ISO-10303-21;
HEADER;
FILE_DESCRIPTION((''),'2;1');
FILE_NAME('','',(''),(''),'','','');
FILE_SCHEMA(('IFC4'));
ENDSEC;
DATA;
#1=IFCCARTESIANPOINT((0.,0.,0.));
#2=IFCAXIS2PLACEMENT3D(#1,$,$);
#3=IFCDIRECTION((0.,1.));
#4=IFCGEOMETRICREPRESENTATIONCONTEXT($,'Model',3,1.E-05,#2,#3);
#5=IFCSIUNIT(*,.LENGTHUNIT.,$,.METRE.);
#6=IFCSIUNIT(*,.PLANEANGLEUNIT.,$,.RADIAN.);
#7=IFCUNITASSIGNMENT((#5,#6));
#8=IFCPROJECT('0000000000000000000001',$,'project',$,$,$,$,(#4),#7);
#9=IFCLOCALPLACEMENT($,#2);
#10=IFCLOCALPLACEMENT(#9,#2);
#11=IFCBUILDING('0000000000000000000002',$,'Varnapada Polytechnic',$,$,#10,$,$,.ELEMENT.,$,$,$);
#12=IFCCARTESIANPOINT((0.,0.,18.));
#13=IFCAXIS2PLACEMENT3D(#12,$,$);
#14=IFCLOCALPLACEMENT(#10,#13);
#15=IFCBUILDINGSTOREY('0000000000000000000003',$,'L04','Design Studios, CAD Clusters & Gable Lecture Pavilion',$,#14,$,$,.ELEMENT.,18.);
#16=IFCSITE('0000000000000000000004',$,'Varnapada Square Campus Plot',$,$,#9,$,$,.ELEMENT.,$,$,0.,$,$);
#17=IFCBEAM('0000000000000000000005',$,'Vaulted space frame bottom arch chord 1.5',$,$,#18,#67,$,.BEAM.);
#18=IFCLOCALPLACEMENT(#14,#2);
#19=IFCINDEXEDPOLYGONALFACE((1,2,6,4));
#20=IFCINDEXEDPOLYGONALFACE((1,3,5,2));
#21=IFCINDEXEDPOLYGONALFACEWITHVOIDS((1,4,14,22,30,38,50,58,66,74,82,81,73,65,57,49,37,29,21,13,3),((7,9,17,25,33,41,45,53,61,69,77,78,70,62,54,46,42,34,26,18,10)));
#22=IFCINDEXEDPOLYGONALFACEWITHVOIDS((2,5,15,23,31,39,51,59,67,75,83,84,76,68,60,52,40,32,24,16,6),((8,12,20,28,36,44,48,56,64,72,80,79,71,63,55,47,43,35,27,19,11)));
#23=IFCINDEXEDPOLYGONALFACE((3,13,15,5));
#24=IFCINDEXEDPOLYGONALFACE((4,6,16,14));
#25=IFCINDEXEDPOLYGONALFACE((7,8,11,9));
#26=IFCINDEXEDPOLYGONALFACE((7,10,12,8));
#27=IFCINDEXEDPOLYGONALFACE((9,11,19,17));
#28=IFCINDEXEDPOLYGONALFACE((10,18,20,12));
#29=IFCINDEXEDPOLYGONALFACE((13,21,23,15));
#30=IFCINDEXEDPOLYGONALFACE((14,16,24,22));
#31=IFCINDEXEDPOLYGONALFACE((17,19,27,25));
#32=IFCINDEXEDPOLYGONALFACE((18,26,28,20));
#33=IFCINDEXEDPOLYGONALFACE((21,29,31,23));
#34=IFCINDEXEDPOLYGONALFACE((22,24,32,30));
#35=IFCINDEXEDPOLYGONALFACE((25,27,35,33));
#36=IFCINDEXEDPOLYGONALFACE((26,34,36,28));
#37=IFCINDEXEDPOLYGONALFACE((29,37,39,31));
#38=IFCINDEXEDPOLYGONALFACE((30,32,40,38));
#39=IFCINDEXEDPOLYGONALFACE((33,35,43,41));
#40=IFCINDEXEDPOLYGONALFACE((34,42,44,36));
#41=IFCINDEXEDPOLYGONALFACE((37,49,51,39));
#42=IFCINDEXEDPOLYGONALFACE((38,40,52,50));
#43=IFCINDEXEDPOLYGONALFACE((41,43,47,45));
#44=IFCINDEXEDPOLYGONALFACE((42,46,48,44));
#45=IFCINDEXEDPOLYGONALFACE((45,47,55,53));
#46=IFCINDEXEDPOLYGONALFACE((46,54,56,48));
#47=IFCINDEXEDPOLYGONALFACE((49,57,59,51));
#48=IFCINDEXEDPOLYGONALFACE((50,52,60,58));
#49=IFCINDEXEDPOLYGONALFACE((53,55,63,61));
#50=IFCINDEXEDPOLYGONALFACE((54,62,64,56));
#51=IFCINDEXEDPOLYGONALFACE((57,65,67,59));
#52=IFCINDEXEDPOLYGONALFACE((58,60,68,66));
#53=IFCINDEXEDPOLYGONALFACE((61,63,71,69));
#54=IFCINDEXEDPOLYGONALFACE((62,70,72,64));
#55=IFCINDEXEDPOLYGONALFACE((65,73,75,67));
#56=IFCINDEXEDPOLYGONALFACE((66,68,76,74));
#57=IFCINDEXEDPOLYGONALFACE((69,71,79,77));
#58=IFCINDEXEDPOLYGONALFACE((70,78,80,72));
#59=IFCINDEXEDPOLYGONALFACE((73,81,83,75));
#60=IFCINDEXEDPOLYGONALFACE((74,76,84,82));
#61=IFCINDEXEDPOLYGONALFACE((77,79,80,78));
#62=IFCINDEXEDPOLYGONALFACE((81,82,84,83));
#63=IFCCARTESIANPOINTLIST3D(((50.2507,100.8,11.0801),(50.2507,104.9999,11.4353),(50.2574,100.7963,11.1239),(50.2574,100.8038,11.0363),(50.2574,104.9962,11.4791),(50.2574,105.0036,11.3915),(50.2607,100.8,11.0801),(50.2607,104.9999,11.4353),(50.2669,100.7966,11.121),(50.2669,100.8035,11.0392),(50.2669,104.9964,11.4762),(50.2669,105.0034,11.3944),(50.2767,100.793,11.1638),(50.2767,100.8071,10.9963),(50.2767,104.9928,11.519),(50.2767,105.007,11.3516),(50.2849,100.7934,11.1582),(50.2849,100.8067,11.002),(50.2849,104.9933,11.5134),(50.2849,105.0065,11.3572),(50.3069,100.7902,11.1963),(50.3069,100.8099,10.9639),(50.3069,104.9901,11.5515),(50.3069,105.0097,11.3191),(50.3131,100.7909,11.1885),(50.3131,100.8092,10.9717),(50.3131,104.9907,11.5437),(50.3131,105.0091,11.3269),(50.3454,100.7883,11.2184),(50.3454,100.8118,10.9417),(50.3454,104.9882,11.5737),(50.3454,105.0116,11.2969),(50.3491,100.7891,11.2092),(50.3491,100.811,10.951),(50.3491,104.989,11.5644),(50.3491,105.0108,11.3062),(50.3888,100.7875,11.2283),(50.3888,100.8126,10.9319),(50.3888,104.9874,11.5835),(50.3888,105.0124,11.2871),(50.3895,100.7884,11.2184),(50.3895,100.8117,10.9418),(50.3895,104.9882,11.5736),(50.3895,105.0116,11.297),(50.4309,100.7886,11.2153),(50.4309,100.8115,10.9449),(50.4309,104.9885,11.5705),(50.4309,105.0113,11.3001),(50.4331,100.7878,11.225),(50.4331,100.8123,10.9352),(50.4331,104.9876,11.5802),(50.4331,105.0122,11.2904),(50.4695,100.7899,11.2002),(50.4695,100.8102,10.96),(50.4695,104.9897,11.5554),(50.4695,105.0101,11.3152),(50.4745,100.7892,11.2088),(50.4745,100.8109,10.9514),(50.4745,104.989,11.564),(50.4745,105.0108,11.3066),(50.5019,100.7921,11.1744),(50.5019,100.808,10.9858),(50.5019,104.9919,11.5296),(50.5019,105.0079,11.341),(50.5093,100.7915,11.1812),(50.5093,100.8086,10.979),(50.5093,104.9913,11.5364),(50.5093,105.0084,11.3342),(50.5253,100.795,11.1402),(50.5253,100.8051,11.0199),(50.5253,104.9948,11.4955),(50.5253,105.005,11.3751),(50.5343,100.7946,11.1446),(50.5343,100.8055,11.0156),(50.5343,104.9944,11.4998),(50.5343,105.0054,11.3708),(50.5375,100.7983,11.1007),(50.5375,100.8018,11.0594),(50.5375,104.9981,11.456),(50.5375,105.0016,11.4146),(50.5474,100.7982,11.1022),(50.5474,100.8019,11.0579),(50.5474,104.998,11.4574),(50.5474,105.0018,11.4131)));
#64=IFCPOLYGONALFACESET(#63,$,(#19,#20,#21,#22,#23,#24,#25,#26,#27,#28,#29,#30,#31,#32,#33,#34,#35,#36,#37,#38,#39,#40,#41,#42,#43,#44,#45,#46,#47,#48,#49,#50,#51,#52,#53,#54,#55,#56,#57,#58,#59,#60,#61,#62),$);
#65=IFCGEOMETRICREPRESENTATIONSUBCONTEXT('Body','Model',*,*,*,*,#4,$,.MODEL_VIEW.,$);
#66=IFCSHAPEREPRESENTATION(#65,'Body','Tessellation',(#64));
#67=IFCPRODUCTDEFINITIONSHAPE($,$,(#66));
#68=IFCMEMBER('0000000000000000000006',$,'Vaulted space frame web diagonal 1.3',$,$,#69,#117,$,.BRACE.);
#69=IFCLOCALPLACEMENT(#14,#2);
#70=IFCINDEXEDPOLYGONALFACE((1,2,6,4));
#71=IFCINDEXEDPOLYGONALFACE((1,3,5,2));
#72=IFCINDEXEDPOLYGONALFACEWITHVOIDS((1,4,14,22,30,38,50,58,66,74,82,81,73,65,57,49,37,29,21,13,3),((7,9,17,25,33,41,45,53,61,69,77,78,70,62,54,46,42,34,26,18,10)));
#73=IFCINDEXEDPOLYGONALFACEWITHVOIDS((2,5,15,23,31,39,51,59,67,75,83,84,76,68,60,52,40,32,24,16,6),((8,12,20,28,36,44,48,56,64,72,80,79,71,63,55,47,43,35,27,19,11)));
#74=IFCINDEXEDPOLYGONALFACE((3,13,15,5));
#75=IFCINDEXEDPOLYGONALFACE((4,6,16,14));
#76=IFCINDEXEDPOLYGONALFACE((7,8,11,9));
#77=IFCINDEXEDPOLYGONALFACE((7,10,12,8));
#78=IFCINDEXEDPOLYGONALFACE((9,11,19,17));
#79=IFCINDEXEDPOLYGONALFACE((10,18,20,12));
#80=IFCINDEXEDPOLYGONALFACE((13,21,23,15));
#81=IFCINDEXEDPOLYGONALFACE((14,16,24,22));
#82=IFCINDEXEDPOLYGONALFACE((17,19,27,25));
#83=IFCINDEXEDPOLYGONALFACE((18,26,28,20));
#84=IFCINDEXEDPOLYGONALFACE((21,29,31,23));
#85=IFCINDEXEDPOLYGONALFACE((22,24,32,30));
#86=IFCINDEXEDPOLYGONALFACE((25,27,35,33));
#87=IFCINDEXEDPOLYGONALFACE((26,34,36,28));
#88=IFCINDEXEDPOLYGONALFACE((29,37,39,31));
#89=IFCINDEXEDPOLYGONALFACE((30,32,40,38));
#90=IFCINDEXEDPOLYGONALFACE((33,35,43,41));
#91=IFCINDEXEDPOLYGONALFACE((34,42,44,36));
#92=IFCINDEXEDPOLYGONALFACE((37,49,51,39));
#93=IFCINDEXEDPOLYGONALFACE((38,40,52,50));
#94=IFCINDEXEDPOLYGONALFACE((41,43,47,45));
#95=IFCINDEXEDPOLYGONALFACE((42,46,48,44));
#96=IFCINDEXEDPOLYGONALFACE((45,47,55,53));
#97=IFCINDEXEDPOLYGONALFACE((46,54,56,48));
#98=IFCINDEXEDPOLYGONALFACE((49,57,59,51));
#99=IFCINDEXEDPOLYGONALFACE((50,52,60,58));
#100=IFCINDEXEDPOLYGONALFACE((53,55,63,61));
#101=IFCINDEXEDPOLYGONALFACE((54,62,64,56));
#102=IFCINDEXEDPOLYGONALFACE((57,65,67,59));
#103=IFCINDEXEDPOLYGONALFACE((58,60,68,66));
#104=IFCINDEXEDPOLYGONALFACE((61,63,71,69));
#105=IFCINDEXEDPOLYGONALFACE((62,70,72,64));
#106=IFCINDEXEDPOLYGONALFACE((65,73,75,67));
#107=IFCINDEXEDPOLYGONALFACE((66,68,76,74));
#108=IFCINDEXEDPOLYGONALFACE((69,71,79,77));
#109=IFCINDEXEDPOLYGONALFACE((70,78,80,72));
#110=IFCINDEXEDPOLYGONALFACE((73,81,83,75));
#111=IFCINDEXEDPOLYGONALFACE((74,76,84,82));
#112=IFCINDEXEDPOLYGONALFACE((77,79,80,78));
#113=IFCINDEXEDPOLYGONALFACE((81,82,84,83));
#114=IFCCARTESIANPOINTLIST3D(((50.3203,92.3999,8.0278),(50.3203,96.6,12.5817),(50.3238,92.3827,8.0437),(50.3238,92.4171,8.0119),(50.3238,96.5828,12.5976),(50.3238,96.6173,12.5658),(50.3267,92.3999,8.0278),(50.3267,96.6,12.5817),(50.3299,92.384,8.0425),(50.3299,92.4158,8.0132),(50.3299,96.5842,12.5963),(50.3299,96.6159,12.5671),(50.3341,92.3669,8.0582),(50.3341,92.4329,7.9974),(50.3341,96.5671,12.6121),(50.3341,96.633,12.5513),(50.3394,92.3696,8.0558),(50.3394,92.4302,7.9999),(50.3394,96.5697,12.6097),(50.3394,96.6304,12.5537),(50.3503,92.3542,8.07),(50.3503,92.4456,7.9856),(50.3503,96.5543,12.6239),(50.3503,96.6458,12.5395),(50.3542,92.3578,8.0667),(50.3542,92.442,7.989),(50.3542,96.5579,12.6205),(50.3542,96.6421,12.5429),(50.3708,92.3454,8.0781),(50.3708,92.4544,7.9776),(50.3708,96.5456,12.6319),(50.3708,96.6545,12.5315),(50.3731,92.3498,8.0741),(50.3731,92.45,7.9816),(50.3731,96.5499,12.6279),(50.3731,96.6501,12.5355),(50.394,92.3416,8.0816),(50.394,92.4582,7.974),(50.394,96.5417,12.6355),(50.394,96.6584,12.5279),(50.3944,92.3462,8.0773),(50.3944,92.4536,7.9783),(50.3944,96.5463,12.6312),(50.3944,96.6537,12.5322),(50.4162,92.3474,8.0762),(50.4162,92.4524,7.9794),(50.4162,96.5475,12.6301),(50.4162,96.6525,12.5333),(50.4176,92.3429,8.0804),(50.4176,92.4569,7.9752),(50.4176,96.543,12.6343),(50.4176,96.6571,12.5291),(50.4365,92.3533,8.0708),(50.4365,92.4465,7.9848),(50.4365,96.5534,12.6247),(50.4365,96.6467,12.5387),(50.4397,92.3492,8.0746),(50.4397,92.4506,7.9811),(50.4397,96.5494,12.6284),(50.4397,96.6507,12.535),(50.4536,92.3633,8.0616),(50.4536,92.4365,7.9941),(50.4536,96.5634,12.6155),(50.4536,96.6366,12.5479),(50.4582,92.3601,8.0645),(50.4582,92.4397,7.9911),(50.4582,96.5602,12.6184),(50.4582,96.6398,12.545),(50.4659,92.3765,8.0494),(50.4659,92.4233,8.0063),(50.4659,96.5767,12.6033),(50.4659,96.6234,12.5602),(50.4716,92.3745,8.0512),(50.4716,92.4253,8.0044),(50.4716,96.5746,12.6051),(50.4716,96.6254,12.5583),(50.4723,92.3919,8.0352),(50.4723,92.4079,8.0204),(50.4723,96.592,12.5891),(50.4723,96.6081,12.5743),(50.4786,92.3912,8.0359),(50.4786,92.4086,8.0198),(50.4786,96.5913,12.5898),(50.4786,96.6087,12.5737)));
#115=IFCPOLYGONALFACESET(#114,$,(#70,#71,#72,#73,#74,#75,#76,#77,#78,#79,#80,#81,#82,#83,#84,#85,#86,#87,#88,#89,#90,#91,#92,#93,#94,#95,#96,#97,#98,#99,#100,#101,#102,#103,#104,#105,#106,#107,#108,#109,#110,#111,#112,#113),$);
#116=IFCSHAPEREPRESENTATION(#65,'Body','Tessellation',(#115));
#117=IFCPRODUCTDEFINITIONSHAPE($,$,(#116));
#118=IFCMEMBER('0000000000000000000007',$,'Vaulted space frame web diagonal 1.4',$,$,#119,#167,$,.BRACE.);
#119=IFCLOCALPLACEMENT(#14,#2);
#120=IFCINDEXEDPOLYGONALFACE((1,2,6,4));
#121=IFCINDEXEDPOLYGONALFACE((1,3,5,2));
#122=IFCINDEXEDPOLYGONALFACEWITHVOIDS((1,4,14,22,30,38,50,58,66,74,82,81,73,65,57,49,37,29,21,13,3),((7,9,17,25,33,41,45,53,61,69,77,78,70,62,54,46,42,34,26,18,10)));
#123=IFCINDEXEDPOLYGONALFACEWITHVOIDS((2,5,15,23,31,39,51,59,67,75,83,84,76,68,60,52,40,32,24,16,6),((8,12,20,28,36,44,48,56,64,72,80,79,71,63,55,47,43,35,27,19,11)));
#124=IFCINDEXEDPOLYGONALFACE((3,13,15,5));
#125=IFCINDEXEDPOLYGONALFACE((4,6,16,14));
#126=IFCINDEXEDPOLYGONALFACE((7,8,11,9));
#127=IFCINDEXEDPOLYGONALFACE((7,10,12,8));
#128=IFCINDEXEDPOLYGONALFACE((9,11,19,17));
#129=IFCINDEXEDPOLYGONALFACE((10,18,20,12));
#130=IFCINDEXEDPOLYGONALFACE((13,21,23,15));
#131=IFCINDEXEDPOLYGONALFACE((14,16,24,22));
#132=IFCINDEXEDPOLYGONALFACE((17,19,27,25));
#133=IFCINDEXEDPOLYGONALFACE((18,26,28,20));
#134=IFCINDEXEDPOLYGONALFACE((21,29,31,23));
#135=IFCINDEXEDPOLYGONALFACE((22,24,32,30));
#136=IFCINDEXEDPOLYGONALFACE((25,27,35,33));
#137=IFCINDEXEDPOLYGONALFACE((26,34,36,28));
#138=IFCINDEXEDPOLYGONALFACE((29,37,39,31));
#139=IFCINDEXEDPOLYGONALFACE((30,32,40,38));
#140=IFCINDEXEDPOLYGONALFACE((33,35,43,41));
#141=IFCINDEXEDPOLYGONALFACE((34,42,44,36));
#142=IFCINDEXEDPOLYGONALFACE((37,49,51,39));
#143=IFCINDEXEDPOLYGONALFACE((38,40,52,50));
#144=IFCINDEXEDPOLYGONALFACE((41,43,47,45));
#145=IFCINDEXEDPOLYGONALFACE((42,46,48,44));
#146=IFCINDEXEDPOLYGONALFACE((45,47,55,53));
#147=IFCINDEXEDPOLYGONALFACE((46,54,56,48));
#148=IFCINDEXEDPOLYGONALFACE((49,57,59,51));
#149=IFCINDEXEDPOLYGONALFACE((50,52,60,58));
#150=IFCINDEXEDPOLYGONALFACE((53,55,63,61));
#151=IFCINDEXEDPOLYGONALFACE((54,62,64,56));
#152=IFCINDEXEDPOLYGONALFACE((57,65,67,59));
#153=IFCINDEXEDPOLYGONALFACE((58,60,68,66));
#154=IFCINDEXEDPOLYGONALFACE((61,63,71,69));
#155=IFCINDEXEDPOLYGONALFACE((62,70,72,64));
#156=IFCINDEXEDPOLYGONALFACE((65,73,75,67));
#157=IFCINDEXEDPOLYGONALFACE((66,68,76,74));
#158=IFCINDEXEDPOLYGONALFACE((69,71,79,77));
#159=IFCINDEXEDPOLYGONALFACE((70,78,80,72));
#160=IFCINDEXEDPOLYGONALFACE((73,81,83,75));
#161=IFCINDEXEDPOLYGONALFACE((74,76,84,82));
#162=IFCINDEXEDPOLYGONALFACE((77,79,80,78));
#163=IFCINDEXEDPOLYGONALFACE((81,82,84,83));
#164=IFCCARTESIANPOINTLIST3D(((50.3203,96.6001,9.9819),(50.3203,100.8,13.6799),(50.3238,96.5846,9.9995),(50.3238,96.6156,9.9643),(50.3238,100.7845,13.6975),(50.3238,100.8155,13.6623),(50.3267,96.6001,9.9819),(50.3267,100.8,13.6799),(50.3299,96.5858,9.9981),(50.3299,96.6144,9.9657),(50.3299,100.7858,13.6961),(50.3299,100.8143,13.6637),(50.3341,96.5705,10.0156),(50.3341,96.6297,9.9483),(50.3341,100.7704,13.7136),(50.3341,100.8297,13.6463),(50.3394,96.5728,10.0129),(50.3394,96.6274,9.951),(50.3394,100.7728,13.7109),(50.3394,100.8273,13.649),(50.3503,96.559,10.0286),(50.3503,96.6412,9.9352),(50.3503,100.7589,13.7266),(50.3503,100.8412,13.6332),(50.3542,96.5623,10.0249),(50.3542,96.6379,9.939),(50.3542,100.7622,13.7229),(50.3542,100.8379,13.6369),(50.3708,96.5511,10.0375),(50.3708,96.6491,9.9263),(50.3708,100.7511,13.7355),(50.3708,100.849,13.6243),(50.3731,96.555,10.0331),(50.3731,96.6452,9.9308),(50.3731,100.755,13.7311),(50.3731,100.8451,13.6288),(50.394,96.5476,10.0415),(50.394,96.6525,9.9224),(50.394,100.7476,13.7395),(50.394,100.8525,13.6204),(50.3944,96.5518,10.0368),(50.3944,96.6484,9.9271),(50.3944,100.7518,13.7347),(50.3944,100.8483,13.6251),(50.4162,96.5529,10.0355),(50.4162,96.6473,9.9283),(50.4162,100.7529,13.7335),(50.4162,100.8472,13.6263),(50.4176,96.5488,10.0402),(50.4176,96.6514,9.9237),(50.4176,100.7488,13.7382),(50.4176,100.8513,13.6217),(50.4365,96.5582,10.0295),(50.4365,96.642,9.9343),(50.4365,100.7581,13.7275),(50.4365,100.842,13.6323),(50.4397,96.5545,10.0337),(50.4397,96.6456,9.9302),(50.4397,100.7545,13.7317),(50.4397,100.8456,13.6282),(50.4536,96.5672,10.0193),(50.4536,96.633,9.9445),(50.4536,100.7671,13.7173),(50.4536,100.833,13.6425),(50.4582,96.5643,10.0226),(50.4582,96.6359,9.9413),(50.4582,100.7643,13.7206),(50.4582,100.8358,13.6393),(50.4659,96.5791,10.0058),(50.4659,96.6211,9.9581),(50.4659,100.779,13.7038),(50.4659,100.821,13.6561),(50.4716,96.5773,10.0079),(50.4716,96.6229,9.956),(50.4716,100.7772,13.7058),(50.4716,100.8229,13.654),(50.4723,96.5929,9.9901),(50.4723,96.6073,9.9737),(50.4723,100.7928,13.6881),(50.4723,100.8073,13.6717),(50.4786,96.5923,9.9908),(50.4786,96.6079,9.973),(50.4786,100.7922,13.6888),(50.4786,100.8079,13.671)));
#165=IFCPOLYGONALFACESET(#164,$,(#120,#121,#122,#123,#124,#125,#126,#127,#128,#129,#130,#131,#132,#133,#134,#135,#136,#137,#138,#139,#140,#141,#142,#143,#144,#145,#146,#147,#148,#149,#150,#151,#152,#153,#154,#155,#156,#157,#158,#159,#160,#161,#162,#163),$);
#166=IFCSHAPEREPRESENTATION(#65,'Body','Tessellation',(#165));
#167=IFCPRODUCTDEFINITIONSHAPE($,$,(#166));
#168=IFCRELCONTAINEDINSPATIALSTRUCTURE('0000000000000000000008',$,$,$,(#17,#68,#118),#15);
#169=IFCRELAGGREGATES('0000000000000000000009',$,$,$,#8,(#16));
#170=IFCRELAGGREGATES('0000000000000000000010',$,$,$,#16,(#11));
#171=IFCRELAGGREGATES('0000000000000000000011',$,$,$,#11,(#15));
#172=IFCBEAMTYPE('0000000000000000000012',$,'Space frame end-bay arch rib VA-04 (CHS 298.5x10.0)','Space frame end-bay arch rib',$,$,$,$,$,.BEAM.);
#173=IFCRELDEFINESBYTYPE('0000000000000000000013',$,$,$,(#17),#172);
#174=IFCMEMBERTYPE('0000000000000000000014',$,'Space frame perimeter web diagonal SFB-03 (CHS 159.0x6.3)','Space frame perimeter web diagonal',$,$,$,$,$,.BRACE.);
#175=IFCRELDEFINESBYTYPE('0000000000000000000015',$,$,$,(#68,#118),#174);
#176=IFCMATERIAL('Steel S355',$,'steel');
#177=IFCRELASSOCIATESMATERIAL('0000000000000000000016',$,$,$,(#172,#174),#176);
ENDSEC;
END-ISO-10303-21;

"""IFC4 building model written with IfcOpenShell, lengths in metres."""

from ifc_helpers import new_model, si_unit, direction, frame, origin, origin_2d, place, context, subcontext, project, spatial, hollow_circle, extrude, material, material_profile, profile_set, type_object, element, save


model = new_model("IFC4")

# Units and contexts
model_context = context("Model", 3, precision=1e-05, world=origin(), true_north=direction((0.0, 1.0)))
body_context = subcontext(model_context, "Body", "Model", "MODEL_VIEW")
ifc_project = project(units=[si_unit("LENGTHUNIT", "METRE"), si_unit("PLANEANGLEUNIT", "RADIAN")], contexts=[model_context])

# Site, building, storey
site_placement = place(None, origin())
site = spatial("IfcSite", under=ifc_project, at=site_placement, Name="Varnapada Square Campus Plot", CompositionType="ELEMENT", RefElevation=0.0)
building_placement = place(site_placement, origin())
building = spatial("IfcBuilding", under=site, at=building_placement, Name="Varnapada Polytechnic", CompositionType="ELEMENT")
storey_placement = place(building_placement, frame((0.0, 0.0, 18.0)))
storey = spatial("IfcBuildingStorey", under=building, at=storey_placement, Name="L04", Description="Design Studios, CAD Clusters & Gable Lecture Pavilion", CompositionType="ELEMENT", Elevation=18.0)

# Shared definitions
ifc_material = material(Name="Steel S355", Category="steel")

# Beam
ifc_material_profile_1 = material_profile(ifc_material, hollow_circle(Radius=0.1492, WallThickness=0.01, at=origin_2d()), Name="CHS 298.5x10.0")
ifc_profile_set_1 = profile_set([ifc_material_profile_1], Name="Steel S355")
beam_type_1 = type_object("IfcBeamType", Name="Space frame end-bay arch rib VA-04 (CHS 298.5x10.0)", Description="Space frame end-bay arch rib", PredefinedType="BEAM", material=ifc_profile_set_1)
beam_1_placement = place(storey_placement, frame((50.3999, 100.8, 11.0801), z_axis=(0.0, 0.996442, 0.084277), x_axis=(-1.0, 0.0, 0.0)))
element("IfcBeam", 1, at=beam_1_placement, inside=storey, type_object=beam_type_1, Name="Vaulted space frame bottom arch chord 1.5", PredefinedType="BEAM", context=body_context, shape_type="SweptSolid", body=[
    extrude(hollow_circle(Radius=0.1492, WallThickness=0.01, at=origin_2d()), origin(), (0.0, 0.0, 1.0), 4.2148),
])

# Members
ifc_material_profile_2 = material_profile(ifc_material, hollow_circle(Radius=0.0796, WallThickness=0.0063, at=origin_2d()), Name="CHS 159.0x6.3")
ifc_profile_set_2 = profile_set([ifc_material_profile_2], Name="Steel S355")
member_type_1 = type_object("IfcMemberType", Name="Space frame perimeter web diagonal SFB-03 (CHS 159.0x6.3)", Description="Space frame perimeter web diagonal", PredefinedType="BRACE", material=ifc_profile_set_2)
member_1_placement = place(storey_placement, frame((50.3999, 92.3999, 8.0278), z_axis=(0.0, 0.677979, 0.735081), x_axis=(-1.0, 0.0, 0.0)))
element("IfcMember", 2, at=member_1_placement, inside=storey, type_object=member_type_1, Name="Vaulted space frame web diagonal 1.3", PredefinedType="BRACE", context=body_context, shape_type="SweptSolid", body=[
    extrude(hollow_circle(Radius=0.0796, WallThickness=0.0063, at=origin_2d()), origin(), (0.0, 0.0, 1.0), 6.1951),
])
member_2_placement = place(storey_placement, frame((50.3999, 96.6001, 9.9819), z_axis=(0.0, 0.750533, 0.660833), x_axis=(-1.0, 0.0, 0.0)))
element("IfcMember", 3, at=member_2_placement, inside=storey, type_object=member_type_1, Name="Vaulted space frame web diagonal 1.4", PredefinedType="BRACE", context=body_context, shape_type="SweptSolid", body=[
    extrude(hollow_circle(Radius=0.0796, WallThickness=0.0063, at=origin_2d()), origin(), (0.0, 0.0, 1.0), 5.5959),
])

save(model, "model.ifc")
